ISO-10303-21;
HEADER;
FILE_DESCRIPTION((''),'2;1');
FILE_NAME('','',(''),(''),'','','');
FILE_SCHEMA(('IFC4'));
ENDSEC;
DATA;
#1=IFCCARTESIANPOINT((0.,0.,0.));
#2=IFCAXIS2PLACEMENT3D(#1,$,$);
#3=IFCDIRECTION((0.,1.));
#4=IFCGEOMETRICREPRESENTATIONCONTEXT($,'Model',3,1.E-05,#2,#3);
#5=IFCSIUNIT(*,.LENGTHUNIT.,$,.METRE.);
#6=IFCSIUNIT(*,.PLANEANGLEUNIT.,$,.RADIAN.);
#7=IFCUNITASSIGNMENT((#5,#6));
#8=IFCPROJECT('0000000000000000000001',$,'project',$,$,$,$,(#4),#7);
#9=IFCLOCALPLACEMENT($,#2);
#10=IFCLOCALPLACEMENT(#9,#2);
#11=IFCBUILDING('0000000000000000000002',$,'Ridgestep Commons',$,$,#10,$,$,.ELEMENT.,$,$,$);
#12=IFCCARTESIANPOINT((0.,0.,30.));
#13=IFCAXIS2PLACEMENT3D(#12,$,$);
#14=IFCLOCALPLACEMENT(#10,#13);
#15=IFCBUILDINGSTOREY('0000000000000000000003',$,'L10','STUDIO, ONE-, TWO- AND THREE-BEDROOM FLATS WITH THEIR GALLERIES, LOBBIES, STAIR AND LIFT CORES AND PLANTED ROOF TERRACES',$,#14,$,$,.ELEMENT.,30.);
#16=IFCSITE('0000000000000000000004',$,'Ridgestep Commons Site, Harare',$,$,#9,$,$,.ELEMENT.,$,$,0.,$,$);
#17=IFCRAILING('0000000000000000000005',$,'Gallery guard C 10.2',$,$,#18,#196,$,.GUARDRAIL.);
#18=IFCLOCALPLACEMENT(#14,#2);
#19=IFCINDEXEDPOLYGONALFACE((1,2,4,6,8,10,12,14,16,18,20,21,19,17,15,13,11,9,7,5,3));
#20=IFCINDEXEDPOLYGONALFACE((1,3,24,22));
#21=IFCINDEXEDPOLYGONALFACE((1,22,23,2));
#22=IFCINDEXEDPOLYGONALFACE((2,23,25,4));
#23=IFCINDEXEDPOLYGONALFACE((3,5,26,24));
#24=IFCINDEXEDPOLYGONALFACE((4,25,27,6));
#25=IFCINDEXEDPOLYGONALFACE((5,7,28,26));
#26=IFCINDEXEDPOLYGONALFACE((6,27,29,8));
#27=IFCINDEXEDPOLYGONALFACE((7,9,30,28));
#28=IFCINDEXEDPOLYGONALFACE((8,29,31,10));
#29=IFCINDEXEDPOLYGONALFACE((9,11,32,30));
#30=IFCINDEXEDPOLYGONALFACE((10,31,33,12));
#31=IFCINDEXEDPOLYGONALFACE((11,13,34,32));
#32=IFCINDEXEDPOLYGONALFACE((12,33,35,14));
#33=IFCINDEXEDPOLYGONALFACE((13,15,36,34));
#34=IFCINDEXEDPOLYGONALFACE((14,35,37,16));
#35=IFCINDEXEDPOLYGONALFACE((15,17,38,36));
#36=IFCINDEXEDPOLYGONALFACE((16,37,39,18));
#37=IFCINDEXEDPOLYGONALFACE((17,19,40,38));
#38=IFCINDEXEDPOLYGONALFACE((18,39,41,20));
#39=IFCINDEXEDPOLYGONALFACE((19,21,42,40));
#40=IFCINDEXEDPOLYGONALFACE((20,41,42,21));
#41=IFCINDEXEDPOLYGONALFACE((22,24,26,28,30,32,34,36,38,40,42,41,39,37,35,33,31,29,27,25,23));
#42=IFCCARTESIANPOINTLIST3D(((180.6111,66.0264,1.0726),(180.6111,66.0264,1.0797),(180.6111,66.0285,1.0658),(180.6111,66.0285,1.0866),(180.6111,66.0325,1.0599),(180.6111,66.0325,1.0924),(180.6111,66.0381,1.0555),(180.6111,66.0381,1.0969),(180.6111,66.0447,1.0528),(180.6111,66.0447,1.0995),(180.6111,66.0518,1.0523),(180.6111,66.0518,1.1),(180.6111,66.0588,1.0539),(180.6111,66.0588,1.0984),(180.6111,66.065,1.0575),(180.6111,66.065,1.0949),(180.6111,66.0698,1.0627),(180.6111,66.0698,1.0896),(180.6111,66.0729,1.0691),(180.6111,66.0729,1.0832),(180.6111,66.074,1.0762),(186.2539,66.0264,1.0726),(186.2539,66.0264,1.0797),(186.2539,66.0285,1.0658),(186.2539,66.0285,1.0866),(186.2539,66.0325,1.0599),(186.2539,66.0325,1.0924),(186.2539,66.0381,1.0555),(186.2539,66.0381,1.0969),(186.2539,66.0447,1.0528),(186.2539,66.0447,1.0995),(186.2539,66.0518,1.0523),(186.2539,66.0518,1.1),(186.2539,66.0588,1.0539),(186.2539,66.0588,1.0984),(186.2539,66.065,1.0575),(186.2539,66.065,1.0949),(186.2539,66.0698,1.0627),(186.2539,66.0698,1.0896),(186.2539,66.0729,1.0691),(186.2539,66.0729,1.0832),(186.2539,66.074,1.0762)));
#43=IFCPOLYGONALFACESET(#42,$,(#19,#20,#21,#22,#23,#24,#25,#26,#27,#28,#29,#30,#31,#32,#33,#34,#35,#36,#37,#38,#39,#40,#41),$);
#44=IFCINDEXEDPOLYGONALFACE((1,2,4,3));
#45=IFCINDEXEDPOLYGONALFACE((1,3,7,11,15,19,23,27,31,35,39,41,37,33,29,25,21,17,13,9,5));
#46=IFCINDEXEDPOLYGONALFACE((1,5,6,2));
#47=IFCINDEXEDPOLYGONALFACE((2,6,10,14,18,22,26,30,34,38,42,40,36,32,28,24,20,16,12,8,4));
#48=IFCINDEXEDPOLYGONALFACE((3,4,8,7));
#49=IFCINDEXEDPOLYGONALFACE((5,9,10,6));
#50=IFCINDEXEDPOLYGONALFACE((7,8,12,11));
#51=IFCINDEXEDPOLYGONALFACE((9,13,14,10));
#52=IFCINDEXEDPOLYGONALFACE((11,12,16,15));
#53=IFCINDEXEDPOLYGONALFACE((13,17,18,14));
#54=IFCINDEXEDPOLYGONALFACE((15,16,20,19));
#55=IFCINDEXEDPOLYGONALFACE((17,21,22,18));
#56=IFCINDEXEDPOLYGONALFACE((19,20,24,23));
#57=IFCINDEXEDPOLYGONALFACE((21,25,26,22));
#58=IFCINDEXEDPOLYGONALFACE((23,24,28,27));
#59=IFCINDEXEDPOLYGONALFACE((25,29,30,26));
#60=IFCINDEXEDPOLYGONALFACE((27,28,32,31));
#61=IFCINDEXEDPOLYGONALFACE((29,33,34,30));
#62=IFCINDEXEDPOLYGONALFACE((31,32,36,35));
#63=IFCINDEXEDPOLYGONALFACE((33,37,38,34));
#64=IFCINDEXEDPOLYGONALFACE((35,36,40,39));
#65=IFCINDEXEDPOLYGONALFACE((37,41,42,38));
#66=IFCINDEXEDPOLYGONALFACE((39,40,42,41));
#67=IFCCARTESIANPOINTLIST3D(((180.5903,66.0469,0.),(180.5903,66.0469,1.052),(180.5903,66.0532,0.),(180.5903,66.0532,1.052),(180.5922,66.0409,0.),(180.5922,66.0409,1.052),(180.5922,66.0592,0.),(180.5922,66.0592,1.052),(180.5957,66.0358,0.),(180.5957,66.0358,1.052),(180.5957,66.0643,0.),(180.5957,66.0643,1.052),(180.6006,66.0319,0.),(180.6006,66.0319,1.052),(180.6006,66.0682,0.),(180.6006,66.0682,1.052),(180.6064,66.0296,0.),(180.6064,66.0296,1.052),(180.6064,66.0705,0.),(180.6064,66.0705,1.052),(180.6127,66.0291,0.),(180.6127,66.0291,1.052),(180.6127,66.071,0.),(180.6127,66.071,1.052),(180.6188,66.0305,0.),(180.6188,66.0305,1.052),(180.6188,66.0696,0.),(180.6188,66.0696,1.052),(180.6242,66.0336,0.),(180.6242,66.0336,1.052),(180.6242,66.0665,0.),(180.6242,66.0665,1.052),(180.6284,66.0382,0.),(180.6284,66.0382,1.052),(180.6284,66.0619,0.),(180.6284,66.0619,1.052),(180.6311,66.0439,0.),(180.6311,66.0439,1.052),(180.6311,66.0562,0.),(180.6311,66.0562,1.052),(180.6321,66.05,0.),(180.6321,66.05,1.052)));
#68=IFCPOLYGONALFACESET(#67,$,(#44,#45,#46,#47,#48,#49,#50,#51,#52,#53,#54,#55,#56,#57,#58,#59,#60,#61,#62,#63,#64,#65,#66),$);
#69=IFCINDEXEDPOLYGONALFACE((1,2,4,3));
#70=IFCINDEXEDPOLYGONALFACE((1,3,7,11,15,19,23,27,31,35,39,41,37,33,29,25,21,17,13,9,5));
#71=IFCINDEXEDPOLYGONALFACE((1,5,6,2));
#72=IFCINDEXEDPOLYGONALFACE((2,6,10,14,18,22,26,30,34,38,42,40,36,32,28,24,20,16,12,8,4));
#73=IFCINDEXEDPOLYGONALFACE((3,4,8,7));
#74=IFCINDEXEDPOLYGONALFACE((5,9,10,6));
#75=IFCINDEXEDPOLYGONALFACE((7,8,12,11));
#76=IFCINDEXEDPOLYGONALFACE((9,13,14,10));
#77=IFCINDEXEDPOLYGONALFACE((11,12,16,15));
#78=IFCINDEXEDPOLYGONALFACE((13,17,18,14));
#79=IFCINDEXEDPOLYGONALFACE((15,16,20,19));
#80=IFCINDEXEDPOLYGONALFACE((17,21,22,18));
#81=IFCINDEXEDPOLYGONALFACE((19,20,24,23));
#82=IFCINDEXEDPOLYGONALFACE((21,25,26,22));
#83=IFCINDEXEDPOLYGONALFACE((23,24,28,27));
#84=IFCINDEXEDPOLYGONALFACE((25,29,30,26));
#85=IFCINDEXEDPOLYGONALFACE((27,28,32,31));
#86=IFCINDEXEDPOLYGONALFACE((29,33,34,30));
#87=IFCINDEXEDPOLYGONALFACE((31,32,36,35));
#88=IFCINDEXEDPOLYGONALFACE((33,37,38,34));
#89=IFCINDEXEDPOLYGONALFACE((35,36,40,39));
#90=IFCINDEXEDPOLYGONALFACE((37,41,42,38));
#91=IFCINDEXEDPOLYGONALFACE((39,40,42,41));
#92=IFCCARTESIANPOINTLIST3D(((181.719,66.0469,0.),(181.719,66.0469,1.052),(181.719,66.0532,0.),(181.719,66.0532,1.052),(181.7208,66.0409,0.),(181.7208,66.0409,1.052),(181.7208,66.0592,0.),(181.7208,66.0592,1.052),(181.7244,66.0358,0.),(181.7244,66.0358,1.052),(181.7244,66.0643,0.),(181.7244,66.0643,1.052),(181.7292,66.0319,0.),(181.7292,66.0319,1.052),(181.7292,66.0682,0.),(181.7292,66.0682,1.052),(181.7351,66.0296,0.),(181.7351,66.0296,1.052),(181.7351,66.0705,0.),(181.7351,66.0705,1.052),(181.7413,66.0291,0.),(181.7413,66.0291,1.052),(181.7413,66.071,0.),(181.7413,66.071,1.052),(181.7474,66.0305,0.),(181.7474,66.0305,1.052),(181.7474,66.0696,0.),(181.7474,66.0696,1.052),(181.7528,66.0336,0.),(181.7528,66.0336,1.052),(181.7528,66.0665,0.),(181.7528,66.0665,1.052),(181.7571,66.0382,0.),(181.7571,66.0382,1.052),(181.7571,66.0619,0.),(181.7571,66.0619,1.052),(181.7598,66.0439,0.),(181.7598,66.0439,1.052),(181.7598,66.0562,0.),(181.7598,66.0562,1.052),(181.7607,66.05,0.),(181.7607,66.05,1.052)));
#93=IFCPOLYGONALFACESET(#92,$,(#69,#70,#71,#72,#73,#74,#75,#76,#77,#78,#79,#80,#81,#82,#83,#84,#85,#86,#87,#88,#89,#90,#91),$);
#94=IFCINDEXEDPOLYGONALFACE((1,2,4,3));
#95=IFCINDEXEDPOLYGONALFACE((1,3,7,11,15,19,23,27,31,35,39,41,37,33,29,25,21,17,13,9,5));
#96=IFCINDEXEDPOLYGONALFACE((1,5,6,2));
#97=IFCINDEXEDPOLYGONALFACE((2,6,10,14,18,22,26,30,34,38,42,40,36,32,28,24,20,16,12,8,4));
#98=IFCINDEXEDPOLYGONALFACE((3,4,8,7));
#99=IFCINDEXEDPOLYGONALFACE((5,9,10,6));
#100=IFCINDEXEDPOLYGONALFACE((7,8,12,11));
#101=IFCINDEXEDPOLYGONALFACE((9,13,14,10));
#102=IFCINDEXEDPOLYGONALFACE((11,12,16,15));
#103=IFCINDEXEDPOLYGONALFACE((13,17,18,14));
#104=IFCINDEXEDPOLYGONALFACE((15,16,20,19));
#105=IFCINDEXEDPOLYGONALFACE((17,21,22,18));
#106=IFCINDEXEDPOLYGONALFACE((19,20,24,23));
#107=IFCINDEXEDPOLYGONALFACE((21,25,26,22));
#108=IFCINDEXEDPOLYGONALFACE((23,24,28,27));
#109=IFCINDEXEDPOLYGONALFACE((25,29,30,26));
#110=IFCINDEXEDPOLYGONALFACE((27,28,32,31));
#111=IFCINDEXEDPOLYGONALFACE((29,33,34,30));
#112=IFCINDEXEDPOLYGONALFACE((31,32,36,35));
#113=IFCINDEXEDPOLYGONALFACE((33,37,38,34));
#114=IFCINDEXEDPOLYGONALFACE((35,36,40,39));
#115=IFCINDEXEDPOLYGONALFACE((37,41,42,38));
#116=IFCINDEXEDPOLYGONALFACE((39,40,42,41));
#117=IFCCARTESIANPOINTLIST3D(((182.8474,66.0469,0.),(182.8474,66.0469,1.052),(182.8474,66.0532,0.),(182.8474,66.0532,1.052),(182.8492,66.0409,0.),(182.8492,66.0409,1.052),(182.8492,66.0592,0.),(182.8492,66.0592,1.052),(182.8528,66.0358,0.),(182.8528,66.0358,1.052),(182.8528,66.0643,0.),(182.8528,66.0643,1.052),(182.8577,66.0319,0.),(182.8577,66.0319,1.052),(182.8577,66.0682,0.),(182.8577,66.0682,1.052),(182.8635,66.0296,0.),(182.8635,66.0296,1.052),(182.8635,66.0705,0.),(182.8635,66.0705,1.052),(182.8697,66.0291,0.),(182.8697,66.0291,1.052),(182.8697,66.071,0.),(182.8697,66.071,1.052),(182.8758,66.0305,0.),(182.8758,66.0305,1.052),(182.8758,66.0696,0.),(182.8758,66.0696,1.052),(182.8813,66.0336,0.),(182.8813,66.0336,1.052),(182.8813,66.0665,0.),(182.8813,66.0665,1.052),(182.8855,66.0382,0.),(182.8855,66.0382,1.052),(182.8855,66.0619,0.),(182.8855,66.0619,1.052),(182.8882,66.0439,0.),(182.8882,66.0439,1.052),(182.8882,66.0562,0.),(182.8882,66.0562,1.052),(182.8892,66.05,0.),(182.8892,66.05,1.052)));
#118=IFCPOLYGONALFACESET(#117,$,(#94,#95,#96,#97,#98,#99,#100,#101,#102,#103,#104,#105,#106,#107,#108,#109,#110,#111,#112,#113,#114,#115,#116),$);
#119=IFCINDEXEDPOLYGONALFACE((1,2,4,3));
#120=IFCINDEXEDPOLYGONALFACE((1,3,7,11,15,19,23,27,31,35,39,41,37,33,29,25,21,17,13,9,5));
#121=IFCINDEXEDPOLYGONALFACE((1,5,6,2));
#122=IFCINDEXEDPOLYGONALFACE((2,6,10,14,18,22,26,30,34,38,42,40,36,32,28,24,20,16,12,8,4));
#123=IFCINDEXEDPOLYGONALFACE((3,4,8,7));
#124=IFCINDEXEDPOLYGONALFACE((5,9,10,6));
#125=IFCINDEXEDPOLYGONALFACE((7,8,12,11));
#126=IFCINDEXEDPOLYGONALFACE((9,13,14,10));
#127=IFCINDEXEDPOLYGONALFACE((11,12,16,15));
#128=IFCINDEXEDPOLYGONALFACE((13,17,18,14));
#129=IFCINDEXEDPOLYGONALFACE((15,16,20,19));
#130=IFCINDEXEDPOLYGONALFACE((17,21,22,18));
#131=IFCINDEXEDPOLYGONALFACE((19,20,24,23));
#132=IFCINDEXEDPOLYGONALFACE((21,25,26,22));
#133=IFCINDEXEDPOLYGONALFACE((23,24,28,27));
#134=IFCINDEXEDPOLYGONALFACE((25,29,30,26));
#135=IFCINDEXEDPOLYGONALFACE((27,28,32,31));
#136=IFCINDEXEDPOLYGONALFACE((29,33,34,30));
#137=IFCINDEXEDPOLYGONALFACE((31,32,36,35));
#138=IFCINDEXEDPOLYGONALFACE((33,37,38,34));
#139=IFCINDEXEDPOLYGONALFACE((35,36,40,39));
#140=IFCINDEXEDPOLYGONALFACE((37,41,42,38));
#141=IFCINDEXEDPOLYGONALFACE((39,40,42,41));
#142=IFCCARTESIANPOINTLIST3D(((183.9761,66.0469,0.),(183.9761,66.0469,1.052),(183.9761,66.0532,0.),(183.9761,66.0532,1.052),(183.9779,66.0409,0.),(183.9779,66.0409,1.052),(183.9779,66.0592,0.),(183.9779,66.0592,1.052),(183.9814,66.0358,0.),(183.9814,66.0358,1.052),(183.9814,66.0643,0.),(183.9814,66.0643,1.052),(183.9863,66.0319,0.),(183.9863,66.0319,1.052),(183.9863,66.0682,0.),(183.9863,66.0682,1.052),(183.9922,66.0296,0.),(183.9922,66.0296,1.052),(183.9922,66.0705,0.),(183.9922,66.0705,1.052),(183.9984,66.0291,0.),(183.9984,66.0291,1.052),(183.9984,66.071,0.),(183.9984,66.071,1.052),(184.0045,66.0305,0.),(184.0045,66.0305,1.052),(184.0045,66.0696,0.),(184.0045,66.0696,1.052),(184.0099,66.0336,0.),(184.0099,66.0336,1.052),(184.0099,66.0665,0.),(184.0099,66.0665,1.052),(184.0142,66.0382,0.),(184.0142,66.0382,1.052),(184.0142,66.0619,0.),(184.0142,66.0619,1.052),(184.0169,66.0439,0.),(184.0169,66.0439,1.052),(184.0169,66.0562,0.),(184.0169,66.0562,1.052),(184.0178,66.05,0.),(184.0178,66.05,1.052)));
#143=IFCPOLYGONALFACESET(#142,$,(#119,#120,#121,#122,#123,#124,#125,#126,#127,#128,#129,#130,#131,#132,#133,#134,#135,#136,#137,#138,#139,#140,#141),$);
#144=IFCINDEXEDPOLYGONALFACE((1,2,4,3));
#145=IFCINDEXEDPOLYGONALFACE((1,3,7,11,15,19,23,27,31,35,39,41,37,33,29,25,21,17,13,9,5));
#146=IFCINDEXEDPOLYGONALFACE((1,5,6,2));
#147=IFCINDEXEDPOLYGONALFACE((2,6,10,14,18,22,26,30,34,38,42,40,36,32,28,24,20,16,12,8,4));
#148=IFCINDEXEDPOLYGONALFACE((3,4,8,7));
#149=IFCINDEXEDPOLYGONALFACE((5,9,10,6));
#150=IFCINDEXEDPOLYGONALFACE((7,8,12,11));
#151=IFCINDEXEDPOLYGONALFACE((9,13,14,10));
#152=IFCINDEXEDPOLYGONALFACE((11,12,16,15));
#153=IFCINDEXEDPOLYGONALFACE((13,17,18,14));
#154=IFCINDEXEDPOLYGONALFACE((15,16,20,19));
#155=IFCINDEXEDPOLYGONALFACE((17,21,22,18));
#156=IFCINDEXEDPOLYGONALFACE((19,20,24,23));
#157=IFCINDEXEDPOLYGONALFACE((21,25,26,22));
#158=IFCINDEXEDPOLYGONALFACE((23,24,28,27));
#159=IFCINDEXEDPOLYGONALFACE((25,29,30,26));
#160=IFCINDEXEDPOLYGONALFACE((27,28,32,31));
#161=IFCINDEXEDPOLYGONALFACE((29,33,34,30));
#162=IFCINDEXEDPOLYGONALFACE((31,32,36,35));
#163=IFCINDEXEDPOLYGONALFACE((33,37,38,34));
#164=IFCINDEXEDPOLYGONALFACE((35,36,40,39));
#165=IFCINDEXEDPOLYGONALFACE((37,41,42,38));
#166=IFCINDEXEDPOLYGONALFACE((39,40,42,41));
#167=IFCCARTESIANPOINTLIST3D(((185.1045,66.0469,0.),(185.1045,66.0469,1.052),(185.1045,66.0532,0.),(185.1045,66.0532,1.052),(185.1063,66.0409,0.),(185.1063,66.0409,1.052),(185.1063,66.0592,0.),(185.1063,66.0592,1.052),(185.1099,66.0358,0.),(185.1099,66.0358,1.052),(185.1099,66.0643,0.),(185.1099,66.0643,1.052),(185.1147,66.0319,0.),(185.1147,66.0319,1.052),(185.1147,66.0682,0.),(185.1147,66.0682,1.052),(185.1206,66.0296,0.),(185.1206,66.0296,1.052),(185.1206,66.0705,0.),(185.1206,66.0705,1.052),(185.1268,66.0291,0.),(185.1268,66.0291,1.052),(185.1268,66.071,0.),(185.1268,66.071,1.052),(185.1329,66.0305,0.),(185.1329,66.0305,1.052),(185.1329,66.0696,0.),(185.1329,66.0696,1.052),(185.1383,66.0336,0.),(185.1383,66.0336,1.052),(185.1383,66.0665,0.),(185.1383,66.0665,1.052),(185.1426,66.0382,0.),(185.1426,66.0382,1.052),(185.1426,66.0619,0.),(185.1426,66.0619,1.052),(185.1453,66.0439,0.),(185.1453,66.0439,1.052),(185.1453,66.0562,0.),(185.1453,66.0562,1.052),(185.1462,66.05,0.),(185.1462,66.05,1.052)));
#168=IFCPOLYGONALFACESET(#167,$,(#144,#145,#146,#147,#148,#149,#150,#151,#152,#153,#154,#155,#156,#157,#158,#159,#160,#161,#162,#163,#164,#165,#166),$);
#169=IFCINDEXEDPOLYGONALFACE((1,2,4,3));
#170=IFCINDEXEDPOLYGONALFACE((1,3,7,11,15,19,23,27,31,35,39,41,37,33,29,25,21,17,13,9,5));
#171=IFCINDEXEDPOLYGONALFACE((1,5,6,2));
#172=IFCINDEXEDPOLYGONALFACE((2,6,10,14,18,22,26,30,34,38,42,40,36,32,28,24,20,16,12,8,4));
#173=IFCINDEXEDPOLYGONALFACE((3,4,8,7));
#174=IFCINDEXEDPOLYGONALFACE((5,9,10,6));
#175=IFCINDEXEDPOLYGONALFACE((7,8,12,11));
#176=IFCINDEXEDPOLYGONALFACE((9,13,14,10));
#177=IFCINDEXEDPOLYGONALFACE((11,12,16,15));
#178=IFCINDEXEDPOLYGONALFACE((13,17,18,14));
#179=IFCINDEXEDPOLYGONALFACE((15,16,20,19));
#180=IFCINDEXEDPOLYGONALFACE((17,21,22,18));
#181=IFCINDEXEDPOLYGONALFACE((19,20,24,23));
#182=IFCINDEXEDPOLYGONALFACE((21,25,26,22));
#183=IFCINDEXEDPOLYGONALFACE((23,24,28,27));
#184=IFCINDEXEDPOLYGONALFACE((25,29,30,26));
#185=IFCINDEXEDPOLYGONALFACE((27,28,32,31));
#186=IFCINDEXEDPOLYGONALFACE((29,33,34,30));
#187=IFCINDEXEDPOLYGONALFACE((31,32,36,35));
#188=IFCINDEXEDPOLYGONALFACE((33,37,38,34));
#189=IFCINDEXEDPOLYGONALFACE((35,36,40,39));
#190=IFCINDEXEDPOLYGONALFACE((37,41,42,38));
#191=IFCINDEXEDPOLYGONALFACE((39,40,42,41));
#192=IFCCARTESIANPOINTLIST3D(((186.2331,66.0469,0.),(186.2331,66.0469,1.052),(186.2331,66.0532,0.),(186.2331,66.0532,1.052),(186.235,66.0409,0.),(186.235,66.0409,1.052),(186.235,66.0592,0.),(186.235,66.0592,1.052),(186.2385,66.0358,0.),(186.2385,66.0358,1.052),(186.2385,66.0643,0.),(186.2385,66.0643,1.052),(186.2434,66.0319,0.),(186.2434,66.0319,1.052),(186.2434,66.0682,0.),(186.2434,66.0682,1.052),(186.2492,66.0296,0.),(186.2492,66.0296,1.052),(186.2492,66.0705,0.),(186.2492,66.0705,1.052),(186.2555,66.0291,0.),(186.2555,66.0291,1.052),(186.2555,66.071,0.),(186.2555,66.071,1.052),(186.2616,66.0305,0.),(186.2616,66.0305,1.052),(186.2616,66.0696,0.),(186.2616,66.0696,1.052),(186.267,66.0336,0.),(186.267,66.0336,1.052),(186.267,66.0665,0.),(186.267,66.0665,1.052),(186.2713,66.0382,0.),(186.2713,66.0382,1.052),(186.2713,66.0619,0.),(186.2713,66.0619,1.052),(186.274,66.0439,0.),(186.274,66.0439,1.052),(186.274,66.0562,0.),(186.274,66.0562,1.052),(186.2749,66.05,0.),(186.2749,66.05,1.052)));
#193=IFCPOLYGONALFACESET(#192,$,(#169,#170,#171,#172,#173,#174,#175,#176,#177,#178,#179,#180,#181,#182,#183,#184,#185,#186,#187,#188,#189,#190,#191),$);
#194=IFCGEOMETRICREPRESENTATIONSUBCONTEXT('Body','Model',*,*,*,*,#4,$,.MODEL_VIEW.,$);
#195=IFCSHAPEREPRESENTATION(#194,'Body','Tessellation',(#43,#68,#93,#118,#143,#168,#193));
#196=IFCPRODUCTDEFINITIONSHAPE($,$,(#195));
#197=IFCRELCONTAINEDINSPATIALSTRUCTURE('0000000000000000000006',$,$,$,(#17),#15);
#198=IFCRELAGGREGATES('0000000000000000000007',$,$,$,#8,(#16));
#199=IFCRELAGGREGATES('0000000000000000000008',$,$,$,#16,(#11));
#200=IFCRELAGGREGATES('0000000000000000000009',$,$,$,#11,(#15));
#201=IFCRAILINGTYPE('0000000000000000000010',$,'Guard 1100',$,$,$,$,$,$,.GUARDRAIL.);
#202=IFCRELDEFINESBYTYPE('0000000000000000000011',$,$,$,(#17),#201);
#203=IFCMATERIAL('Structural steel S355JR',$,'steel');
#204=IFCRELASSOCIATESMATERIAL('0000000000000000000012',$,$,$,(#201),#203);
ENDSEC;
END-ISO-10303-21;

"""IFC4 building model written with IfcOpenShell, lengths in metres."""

from ifc_helpers import new_model, si_unit, direction, frame, origin, origin_2d, place, context, subcontext, project, spatial, circle, extrude, material, type_object, element, save


model = new_model("IFC4")

# Units and contexts
model_context = context("Model", 3, precision=1e-05, world=origin(), true_north=direction((0.0, 1.0)))
body_context = subcontext(model_context, "Body", "Model", "MODEL_VIEW")
ifc_project = project(units=[si_unit("LENGTHUNIT", "METRE"), si_unit("PLANEANGLEUNIT", "RADIAN")], contexts=[model_context])

# Site, building, storey
site_placement = place(None, origin())
site = spatial("IfcSite", under=ifc_project, at=site_placement, Name="Ridgestep Commons Site, Harare", CompositionType="ELEMENT", RefElevation=0.0)
building_placement = place(site_placement, origin())
building = spatial("IfcBuilding", under=site, at=building_placement, Name="Ridgestep Commons", CompositionType="ELEMENT")
storey_placement = place(building_placement, frame((0.0, 0.0, 30.0)))
storey = spatial("IfcBuildingStorey", under=building, at=storey_placement, Name="L10", Description="STUDIO, ONE-, TWO- AND THREE-BEDROOM FLATS WITH THEIR GALLERIES, LOBBIES, STAIR AND LIFT CORES AND PLANTED ROOF TERRACES", CompositionType="ELEMENT", Elevation=30.0)

# Railing
ifc_material_1 = material(Name="Structural steel S355JR", Category="steel")
railing_type_1 = type_object("IfcRailingType", Name="Guard 1100", PredefinedType="GUARDRAIL", material=ifc_material_1)
railing_1_placement = place(storey_placement, frame((180.6111, 66.05, 0.0)))
element("IfcRailing", 1, at=railing_1_placement, inside=storey, type_object=railing_type_1, Name="Gallery guard C 10.2", PredefinedType="GUARDRAIL", context=body_context, shape_type="SweptSolid", body=[
    extrude(circle(Radius=0.0239, at=origin_2d()), frame((0.0, 0.0, 1.0762), z_axis=(1.0, 0.0, 0.0), x_axis=(0.0, 1.0, 0.0)), (0.0, 0.0, 1.0), 5.6428),
    extrude(circle(Radius=0.021, at=origin_2d()), origin(), (0.0, 0.0, 1.0), 1.052),
    extrude(circle(Radius=0.021, at=origin_2d()), frame((1.1287, 0.0, 0.0)), (0.0, 0.0, 1.0), 1.052),
    extrude(circle(Radius=0.021, at=origin_2d()), frame((2.2571, 0.0, 0.0)), (0.0, 0.0, 1.0), 1.052),
    extrude(circle(Radius=0.021, at=origin_2d()), frame((3.3857, 0.0, 0.0)), (0.0, 0.0, 1.0), 1.052),
    extrude(circle(Radius=0.021, at=origin_2d()), frame((4.5142, 0.0, 0.0)), (0.0, 0.0, 1.0), 1.052),
    extrude(circle(Radius=0.021, at=origin_2d()), frame((5.6428, 0.0, 0.0)), (0.0, 0.0, 1.0), 1.052),
])

save(model, "model.ifc")
